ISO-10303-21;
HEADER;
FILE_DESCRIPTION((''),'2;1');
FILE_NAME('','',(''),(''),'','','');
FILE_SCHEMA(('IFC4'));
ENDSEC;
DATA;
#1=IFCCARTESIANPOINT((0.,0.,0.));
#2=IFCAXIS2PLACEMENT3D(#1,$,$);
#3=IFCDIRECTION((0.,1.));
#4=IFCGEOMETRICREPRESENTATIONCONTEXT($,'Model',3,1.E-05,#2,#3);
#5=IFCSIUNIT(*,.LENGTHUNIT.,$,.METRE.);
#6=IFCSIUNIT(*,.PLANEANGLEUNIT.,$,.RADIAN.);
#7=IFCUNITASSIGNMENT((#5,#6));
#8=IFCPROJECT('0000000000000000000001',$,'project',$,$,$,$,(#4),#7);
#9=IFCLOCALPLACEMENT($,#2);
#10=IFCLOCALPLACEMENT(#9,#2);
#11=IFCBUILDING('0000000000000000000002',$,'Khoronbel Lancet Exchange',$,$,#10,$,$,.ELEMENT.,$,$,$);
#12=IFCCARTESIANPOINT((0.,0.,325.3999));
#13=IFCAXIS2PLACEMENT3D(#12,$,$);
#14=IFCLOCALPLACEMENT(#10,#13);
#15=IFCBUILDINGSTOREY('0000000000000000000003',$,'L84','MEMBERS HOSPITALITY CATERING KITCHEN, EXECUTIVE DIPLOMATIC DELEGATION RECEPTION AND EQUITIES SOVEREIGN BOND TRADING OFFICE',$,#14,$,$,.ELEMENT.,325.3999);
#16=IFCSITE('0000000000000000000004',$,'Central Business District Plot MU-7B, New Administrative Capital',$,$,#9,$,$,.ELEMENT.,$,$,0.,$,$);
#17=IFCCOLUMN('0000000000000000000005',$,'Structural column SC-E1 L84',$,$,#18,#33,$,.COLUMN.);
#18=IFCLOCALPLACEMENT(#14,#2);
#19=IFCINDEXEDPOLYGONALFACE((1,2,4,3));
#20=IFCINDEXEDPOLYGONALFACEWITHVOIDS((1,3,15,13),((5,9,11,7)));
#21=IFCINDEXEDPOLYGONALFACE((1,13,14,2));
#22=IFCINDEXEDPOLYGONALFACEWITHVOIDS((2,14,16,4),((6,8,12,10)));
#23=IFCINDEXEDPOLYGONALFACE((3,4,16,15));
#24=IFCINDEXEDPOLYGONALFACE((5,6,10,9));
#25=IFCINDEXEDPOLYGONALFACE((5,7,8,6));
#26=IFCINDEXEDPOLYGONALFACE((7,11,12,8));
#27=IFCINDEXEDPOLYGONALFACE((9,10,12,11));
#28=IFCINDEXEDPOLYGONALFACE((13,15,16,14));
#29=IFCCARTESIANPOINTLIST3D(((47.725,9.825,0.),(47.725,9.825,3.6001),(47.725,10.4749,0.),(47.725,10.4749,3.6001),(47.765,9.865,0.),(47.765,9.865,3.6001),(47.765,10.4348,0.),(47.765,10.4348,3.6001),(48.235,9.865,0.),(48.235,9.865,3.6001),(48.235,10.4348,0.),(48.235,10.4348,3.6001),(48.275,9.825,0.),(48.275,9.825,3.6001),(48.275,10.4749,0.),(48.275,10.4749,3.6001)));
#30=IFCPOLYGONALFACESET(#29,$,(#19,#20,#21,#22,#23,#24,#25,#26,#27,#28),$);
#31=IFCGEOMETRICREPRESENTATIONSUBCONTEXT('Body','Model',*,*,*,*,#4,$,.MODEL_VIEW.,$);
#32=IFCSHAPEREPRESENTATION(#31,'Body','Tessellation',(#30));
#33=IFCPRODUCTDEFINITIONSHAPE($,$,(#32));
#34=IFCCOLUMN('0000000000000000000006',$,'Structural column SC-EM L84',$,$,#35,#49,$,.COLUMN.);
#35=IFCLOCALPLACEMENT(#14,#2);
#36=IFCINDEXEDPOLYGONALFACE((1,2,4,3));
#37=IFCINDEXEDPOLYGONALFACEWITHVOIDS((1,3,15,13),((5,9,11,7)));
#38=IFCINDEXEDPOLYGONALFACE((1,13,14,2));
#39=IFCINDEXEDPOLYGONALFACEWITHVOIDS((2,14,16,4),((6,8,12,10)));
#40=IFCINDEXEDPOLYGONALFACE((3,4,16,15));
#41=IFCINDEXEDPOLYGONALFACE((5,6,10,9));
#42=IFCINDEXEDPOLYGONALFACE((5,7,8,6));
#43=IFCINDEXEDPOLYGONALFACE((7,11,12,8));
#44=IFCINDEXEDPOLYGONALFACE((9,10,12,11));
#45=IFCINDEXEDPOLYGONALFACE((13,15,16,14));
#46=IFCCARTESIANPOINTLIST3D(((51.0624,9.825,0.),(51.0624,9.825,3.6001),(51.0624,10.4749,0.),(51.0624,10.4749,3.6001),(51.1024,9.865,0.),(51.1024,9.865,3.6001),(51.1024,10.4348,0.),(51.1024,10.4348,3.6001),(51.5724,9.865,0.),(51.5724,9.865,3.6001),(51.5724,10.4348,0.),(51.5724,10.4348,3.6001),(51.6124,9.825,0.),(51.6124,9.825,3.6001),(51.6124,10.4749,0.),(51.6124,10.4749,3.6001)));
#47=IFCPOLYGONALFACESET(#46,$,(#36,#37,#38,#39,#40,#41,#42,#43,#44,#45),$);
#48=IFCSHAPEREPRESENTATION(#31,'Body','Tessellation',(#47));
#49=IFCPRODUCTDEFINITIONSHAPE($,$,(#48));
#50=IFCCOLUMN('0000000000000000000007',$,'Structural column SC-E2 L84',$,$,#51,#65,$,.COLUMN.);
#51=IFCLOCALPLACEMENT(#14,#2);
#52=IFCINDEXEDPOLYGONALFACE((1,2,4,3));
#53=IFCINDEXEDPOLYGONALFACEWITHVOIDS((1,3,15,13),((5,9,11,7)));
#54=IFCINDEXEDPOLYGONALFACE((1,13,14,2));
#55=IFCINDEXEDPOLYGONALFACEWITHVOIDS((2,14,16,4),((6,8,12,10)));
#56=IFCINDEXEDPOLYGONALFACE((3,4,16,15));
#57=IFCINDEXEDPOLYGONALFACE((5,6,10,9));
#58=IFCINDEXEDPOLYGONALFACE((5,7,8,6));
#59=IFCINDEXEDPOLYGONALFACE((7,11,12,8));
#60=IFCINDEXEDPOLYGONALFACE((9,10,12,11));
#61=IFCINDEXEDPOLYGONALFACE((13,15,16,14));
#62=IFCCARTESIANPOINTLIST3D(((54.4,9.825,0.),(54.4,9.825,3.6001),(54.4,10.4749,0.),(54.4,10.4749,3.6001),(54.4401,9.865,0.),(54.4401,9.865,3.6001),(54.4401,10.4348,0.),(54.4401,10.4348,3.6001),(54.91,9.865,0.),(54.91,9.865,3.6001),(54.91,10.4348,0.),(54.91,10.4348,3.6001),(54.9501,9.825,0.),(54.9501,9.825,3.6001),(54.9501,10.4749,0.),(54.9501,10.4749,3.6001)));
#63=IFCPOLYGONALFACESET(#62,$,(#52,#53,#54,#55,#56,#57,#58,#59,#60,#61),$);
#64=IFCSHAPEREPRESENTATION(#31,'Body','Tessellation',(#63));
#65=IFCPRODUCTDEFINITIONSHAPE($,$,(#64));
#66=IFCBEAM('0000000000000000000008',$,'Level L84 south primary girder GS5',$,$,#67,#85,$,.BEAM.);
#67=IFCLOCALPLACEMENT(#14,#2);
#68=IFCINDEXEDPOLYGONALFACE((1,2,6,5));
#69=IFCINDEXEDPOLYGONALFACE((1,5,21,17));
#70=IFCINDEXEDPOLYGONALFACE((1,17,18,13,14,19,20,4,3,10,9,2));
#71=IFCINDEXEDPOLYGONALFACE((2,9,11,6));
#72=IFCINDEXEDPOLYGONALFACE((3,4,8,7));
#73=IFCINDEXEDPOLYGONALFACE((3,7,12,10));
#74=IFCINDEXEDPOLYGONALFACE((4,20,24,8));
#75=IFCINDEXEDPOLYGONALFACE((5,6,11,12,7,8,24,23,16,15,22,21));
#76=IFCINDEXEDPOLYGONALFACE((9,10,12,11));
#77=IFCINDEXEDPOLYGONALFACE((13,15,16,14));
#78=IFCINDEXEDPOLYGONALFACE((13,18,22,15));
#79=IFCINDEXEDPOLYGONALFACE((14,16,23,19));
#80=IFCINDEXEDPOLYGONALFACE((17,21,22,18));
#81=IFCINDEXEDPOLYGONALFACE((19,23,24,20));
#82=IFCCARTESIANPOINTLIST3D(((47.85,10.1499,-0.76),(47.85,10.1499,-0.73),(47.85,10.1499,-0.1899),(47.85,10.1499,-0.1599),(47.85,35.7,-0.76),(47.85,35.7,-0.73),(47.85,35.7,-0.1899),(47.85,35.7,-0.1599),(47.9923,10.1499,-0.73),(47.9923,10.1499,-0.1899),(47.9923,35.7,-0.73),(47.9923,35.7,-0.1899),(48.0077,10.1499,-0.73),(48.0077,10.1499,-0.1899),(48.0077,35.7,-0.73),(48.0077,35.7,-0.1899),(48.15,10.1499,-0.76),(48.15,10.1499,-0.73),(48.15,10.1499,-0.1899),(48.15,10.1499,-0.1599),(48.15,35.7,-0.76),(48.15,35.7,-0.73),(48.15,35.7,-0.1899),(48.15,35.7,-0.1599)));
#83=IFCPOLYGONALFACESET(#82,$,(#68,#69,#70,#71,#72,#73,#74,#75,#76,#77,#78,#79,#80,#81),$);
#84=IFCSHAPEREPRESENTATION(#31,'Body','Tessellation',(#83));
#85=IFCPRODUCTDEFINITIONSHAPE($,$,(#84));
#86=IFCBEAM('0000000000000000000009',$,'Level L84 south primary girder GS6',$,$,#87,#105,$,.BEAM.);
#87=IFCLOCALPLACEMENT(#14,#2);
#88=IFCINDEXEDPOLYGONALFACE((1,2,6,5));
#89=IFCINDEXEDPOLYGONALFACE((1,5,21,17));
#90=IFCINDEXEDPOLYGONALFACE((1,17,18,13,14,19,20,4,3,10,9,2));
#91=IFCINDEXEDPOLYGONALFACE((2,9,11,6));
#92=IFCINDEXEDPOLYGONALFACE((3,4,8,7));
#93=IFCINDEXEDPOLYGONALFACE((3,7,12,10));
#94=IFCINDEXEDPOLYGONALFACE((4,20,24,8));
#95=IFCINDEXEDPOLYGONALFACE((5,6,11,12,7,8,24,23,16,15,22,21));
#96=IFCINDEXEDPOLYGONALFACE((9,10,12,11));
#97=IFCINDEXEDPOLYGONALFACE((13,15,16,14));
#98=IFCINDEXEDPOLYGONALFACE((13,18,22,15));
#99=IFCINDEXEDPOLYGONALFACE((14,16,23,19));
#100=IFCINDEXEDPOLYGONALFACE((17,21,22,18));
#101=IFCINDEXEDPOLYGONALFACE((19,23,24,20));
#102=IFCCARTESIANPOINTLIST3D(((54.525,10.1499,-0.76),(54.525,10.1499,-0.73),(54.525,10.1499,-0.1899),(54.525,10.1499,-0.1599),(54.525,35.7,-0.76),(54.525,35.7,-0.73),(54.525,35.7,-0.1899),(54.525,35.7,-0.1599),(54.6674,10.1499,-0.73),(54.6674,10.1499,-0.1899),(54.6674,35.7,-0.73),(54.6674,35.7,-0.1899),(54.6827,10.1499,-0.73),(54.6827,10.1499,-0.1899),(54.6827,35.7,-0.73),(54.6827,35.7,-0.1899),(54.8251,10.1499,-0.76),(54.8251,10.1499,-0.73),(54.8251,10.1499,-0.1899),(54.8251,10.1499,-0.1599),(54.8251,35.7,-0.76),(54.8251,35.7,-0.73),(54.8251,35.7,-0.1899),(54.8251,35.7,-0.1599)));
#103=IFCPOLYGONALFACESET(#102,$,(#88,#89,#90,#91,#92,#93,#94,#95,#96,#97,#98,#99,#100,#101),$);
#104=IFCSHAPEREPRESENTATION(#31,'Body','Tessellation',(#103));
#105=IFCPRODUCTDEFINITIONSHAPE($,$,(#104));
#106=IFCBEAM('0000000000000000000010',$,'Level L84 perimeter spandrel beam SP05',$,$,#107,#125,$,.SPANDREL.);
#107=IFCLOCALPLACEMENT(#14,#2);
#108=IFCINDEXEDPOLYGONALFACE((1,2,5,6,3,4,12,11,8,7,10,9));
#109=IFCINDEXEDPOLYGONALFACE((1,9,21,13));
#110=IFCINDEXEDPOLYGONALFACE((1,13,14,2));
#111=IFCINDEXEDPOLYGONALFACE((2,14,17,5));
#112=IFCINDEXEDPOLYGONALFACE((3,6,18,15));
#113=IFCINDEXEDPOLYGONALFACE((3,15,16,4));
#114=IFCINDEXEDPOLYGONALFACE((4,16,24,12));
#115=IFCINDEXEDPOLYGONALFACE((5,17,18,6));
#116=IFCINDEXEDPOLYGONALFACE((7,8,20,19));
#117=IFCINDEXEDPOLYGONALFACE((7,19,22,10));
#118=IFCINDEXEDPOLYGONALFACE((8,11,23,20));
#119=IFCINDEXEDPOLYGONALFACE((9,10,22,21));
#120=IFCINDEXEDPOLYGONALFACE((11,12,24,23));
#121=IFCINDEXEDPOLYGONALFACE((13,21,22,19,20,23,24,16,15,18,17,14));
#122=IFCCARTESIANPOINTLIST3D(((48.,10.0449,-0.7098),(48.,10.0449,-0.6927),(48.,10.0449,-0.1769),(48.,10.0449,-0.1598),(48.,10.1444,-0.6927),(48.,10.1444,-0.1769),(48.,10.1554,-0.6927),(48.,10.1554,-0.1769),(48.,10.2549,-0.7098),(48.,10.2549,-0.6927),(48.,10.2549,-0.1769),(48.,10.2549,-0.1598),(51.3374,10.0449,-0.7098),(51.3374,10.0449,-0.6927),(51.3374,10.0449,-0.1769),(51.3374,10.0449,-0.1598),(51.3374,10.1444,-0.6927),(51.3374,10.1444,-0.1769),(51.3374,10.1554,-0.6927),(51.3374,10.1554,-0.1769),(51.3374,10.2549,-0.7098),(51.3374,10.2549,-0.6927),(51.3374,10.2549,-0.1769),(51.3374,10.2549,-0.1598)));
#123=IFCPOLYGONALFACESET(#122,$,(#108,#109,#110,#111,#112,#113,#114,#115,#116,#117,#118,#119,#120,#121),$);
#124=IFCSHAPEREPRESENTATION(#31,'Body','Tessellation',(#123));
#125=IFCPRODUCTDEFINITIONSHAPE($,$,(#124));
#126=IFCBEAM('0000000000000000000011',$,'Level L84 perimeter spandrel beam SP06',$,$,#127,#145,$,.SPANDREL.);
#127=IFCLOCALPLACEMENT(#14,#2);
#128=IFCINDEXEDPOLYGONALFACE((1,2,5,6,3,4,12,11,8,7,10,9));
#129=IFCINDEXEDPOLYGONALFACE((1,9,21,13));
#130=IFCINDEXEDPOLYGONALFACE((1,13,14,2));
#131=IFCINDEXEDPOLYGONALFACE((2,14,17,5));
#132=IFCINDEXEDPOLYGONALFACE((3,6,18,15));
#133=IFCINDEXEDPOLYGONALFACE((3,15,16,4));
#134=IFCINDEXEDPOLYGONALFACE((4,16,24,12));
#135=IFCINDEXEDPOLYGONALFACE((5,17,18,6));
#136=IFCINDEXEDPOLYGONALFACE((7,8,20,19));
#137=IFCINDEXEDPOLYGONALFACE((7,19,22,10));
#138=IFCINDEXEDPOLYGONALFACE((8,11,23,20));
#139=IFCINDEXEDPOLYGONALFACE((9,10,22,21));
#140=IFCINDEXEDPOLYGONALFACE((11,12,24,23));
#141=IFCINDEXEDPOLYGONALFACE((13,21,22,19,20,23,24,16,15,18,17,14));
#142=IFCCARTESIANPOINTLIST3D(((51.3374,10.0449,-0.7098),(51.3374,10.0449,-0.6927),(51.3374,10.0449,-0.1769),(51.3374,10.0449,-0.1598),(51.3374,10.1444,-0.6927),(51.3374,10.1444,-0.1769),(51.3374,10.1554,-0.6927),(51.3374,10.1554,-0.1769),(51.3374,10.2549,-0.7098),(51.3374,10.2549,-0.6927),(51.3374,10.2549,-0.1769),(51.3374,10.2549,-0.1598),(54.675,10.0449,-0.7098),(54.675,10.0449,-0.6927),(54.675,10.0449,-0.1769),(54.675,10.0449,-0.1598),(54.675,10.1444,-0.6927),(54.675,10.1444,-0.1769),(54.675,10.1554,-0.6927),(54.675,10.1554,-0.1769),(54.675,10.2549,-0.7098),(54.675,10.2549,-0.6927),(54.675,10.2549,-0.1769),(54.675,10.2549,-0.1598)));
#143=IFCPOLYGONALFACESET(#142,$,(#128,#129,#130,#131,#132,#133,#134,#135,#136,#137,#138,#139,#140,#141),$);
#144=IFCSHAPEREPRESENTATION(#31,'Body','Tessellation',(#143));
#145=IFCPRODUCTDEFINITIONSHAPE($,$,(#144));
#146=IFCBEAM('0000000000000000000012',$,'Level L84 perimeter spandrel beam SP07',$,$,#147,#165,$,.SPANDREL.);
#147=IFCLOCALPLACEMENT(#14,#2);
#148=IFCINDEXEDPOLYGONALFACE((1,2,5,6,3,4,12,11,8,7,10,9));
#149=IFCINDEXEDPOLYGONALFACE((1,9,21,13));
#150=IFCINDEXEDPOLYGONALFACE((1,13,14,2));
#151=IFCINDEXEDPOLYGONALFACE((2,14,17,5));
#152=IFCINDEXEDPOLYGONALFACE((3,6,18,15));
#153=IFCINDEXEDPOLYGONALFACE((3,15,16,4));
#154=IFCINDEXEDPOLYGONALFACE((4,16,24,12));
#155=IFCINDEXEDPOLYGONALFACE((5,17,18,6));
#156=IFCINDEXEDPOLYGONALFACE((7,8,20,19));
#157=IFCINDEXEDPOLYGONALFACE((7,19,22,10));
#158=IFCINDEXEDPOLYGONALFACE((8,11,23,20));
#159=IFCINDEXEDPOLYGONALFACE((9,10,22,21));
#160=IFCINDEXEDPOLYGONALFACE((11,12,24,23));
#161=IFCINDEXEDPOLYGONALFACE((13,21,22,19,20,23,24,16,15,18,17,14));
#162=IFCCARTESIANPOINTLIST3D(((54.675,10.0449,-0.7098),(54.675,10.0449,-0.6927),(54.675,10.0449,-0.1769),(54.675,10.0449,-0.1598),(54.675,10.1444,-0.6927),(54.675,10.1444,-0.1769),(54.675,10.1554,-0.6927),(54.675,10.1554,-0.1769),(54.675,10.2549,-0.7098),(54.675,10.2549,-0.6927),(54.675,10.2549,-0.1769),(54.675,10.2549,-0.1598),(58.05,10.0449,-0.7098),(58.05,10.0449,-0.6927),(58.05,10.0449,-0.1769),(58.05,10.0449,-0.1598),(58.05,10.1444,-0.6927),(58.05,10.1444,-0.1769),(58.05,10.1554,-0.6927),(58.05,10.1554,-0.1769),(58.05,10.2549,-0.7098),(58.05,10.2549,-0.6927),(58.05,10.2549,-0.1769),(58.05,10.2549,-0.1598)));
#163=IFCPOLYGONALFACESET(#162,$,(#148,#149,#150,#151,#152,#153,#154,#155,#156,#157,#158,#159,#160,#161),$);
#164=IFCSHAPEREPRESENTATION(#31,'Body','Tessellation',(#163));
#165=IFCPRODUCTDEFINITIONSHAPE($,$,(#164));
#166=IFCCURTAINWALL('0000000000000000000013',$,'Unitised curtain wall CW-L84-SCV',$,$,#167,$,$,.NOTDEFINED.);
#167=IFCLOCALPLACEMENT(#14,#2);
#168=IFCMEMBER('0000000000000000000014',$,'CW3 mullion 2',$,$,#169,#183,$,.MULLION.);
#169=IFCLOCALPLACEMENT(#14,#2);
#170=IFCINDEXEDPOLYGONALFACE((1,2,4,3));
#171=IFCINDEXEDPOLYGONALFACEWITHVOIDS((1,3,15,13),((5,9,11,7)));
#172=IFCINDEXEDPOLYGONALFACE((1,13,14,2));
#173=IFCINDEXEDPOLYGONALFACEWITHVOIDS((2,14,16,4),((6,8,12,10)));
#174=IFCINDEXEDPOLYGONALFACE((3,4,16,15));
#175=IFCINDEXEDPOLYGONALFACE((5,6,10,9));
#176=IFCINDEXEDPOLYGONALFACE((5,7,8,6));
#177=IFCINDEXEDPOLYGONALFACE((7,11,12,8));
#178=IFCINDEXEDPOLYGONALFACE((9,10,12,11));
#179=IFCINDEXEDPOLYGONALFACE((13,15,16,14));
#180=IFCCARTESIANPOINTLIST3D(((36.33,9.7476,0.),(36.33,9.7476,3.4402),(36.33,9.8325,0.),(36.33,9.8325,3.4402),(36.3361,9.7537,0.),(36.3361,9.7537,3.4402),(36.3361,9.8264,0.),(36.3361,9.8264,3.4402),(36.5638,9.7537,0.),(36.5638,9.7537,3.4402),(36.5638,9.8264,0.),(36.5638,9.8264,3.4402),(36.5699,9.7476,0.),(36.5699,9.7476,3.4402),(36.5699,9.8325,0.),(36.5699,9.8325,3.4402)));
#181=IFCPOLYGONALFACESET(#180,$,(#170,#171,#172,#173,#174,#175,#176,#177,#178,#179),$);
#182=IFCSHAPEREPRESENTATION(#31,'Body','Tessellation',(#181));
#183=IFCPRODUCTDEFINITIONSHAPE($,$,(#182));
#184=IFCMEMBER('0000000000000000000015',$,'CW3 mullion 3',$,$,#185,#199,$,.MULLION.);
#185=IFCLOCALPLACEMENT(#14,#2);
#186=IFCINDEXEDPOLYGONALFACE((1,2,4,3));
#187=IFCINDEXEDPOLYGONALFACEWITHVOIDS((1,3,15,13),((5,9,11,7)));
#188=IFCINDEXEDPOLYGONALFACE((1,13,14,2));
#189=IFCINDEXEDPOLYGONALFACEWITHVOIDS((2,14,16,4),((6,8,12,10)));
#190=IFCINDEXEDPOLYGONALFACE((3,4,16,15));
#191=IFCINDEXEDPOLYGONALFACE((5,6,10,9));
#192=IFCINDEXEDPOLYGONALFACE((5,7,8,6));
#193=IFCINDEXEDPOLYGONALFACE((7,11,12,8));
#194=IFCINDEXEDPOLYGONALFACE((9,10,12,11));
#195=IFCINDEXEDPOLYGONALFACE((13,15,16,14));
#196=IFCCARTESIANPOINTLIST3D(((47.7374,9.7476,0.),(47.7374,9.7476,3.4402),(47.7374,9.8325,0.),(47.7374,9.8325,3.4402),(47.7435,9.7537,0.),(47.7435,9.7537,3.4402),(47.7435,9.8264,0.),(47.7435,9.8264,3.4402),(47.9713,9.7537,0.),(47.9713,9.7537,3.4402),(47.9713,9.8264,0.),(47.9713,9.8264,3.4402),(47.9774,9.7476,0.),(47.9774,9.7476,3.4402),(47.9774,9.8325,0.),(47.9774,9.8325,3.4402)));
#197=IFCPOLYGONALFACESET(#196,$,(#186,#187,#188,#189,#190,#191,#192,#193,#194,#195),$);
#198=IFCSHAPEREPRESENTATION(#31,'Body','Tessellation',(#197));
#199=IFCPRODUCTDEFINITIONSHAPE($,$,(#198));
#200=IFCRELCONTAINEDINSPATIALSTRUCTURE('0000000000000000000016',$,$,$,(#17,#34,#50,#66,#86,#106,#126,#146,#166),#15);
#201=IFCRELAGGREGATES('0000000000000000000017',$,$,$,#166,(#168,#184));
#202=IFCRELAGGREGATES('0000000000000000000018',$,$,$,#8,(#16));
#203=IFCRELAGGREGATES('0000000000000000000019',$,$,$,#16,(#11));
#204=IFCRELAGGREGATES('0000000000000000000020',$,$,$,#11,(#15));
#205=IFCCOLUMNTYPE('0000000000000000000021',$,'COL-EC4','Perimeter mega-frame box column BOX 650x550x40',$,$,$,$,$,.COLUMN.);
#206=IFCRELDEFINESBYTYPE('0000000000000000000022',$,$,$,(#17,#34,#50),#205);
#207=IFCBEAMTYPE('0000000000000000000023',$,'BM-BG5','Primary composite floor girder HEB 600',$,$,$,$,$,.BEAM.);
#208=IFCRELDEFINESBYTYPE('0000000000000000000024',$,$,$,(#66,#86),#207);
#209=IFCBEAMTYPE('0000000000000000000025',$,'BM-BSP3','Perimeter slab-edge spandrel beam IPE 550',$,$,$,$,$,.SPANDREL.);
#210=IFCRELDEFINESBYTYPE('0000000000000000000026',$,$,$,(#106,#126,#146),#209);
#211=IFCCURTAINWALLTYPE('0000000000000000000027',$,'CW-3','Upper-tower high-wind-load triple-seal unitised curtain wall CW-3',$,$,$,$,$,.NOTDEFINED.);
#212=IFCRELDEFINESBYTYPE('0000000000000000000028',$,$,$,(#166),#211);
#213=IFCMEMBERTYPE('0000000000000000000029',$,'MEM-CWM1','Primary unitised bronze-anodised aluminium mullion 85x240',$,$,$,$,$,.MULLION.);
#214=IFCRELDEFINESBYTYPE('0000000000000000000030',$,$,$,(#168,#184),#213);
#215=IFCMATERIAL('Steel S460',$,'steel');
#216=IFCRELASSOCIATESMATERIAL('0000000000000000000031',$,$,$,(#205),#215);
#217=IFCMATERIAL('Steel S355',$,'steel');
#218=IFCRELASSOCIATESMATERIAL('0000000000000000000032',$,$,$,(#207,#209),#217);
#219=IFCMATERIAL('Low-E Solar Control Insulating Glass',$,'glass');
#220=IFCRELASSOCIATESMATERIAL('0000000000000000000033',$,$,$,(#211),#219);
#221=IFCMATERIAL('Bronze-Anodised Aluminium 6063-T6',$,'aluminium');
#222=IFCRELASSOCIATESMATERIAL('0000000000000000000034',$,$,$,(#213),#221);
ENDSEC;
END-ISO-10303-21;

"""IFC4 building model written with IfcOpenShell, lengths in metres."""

from ifc_helpers import new_model, si_unit, direction, frame, origin, origin_2d, place, context, subcontext, project, spatial, hollow_rectangle, i_section, extrude, material, material_profile, profile_set, type_object, element, aggregate, save


model = new_model("IFC4")

# Units and contexts
model_context = context("Model", 3, precision=1e-05, world=origin(), true_north=direction((0.0, 1.0)))
body_context = subcontext(model_context, "Body", "Model", "MODEL_VIEW")
ifc_project = project(units=[si_unit("LENGTHUNIT", "METRE"), si_unit("PLANEANGLEUNIT", "RADIAN")], contexts=[model_context])

# Site, building, storey
site_placement = place(None, origin())
site = spatial("IfcSite", under=ifc_project, at=site_placement, Name="Central Business District Plot MU-7B, New Administrative Capital", CompositionType="ELEMENT", RefElevation=0.0)
building_placement = place(site_placement, origin())
building = spatial("IfcBuilding", under=site, at=building_placement, Name="Khoronbel Lancet Exchange", CompositionType="ELEMENT")
storey_placement = place(building_placement, frame((0.0, 0.0, 325.3999)))
storey = spatial("IfcBuildingStorey", under=building, at=storey_placement, Name="L84", Description="MEMBERS HOSPITALITY CATERING KITCHEN, EXECUTIVE DIPLOMATIC DELEGATION RECEPTION AND EQUITIES SOVEREIGN BOND TRADING OFFICE", CompositionType="ELEMENT", Elevation=325.3999)

# Columns
ifc_material_1 = material(Name="Steel S460", Category="steel")
ifc_material_profile_1 = material_profile(ifc_material_1, hollow_rectangle(XDim=0.55, YDim=0.6499, WallThickness=0.04, at=origin_2d()), Name="BOX 650x550x40")
ifc_profile_set_1 = profile_set([ifc_material_profile_1], Name="Steel S460")
column_type = type_object("IfcColumnType", Name="COL-EC4", Description="Perimeter mega-frame box column BOX 650x550x40", PredefinedType="COLUMN", material=ifc_profile_set_1)
for number, where, z_axis, x_axis, name in (
    (1, (48.0, 10.1499, 0.0), (0.0, 0.0, 1.0), (1.0, 0.0, 0.0), "Structural column SC-E1 L84"),
    (2, (51.3374, 10.1499, 0.0), (0.0, 0.0, 1.0), (1.0, 0.0, 0.0), "Structural column SC-EM L84"),
    (3, (54.675, 10.1499, 0.0), (0.0, 0.0, 1.0), (1.0, 0.0, 0.0), "Structural column SC-E2 L84"),
):
    element("IfcColumn", number, at=place(storey_placement, frame(where, z_axis=z_axis, x_axis=x_axis)), inside=storey, type_object=column_type, Name=name, PredefinedType="COLUMN", context=body_context, shape_type="SweptSolid", body=[
        extrude(hollow_rectangle(XDim=0.55, YDim=0.6499, WallThickness=0.04, at=origin_2d()), origin(), (0.0, 0.0, 1.0), 3.6001),
    ])

# Beams
ifc_material_2 = material(Name="Steel S355", Category="steel")
ifc_material_profile_2 = material_profile(ifc_material_2, i_section(OverallWidth=0.3, OverallDepth=0.6001, WebThickness=0.0154, FlangeThickness=0.03, at=origin_2d()), Name="HEB 600")
ifc_profile_set_2 = profile_set([ifc_material_profile_2], Name="Steel S355")
beam_type_1 = type_object("IfcBeamType", Name="BM-BG5", Description="Primary composite floor girder HEB 600", PredefinedType="BEAM", material=ifc_profile_set_2)
for number, where, z_axis, x_axis, name in (
    (4, (48.0, 10.1499, -0.46), (0.0, 1.0, 0.0), (-1.0, 0.0, 0.0), "Level L84 south primary girder GS5"),
    (5, (54.675, 10.1499, -0.46), (0.0, 1.0, 0.0), (-1.0, 0.0, 0.0), "Level L84 south primary girder GS6"),
):
    element("IfcBeam", number, at=place(storey_placement, frame(where, z_axis=z_axis, x_axis=x_axis)), inside=storey, type_object=beam_type_1, Name=name, PredefinedType="BEAM", context=body_context, shape_type="SweptSolid", body=[
        extrude(i_section(OverallWidth=0.3, OverallDepth=0.6001, WebThickness=0.0154, FlangeThickness=0.03, at=origin_2d()), origin(), (0.0, 0.0, 1.0), 25.55),
    ])
ifc_material_profile_3 = material_profile(ifc_material_2, i_section(OverallWidth=0.21, OverallDepth=0.55, WebThickness=0.011, FlangeThickness=0.0171, at=origin_2d()), Name="IPE 550")
ifc_profile_set_3 = profile_set([ifc_material_profile_3], Name="Steel S355")
beam_type_2 = type_object("IfcBeamType", Name="BM-BSP3", Description="Perimeter slab-edge spandrel beam IPE 550", PredefinedType="SPANDREL", material=ifc_profile_set_3)
beam_1_placement = place(storey_placement, frame((48.0, 10.1499, -0.4348), z_axis=(1.0, 0.0, 0.0), x_axis=(0.0, 1.0, 0.0)))
element("IfcBeam", 6, at=beam_1_placement, inside=storey, type_object=beam_type_2, Name="Level L84 perimeter spandrel beam SP05", PredefinedType="SPANDREL", context=body_context, shape_type="SweptSolid", body=[
    extrude(i_section(OverallWidth=0.21, OverallDepth=0.55, WebThickness=0.011, FlangeThickness=0.0171, at=origin_2d()), origin(), (0.0, 0.0, 1.0), 3.3374),
])
beam_2_placement = place(storey_placement, frame((51.3374, 10.1499, -0.4348), z_axis=(1.0, 0.0, 0.0), x_axis=(0.0, 1.0, 0.0)))
element("IfcBeam", 7, at=beam_2_placement, inside=storey, type_object=beam_type_2, Name="Level L84 perimeter spandrel beam SP06", PredefinedType="SPANDREL", context=body_context, shape_type="SweptSolid", body=[
    extrude(i_section(OverallWidth=0.21, OverallDepth=0.55, WebThickness=0.011, FlangeThickness=0.0171, at=origin_2d()), origin(), (0.0, 0.0, 1.0), 3.3376),
])
beam_3_placement = place(storey_placement, frame((54.675, 10.1499, -0.4348), z_axis=(1.0, 0.0, 0.0), x_axis=(0.0, 1.0, 0.0)))
element("IfcBeam", 8, at=beam_3_placement, inside=storey, type_object=beam_type_2, Name="Level L84 perimeter spandrel beam SP07", PredefinedType="SPANDREL", context=body_context, shape_type="SweptSolid", body=[
    extrude(i_section(OverallWidth=0.21, OverallDepth=0.55, WebThickness=0.011, FlangeThickness=0.0171, at=origin_2d()), origin(), (0.0, 0.0, 1.0), 3.375),
])

# Curtain wall, members
ifc_material_3 = material(Name="Low-E Solar Control Insulating Glass", Category="glass")
curtain_wall_type = type_object("IfcCurtainWallType", Name="CW-3", Description="Upper-tower high-wind-load triple-seal unitised curtain wall CW-3", PredefinedType="NOTDEFINED", material=ifc_material_3)
curtain_wall_1_placement = place(storey_placement, origin())
curtain_wall_1 = element("IfcCurtainWall", 9, at=curtain_wall_1_placement, inside=storey, type_object=curtain_wall_type, Name="Unitised curtain wall CW-L84-SCV", PredefinedType="NOTDEFINED")
ifc_material_4 = material(Name="Bronze-Anodised Aluminium 6063-T6", Category="aluminium")
ifc_material_profile_4 = material_profile(ifc_material_4, hollow_rectangle(XDim=0.085, YDim=0.24, WallThickness=0.0061, at=origin_2d()), Name="ALU MULLION 85x240")
ifc_profile_set_4 = profile_set([ifc_material_profile_4], Name="Bronze-Anodised Aluminium 6063-T6")
member_type_1 = type_object("IfcMemberType", Name="MEM-CWM1", Description="Primary unitised bronze-anodised aluminium mullion 85x240", PredefinedType="MULLION", material=ifc_profile_set_4)
member_1_placement = place(storey_placement, frame((36.45, 9.79, 0.0), z_axis=(0.0, 0.0, 1.0), x_axis=(0.0, 1.0, 0.0)))
member_1 = element("IfcMember", 10, at=member_1_placement, type_object=member_type_1, Name="CW3 mullion 2", PredefinedType="MULLION", context=body_context, shape_type="SweptSolid", body=[
    extrude(hollow_rectangle(XDim=0.085, YDim=0.24, WallThickness=0.0061, at=origin_2d()), origin(), (0.0, 0.0, 1.0), 3.4402),
])
member_2_placement = place(storey_placement, frame((47.8574, 9.79, 0.0), z_axis=(0.0, 0.0, 1.0), x_axis=(0.0, 1.0, 0.0)))
member_2 = element("IfcMember", 11, at=member_2_placement, type_object=member_type_1, Name="CW3 mullion 3", PredefinedType="MULLION", context=body_context, shape_type="SweptSolid", body=[
    extrude(hollow_rectangle(XDim=0.085, YDim=0.24, WallThickness=0.0061, at=origin_2d()), origin(), (0.0, 0.0, 1.0), 3.4402),
])

aggregate(curtain_wall_1, [member_1, member_2])

save(model, "model.ifc")
